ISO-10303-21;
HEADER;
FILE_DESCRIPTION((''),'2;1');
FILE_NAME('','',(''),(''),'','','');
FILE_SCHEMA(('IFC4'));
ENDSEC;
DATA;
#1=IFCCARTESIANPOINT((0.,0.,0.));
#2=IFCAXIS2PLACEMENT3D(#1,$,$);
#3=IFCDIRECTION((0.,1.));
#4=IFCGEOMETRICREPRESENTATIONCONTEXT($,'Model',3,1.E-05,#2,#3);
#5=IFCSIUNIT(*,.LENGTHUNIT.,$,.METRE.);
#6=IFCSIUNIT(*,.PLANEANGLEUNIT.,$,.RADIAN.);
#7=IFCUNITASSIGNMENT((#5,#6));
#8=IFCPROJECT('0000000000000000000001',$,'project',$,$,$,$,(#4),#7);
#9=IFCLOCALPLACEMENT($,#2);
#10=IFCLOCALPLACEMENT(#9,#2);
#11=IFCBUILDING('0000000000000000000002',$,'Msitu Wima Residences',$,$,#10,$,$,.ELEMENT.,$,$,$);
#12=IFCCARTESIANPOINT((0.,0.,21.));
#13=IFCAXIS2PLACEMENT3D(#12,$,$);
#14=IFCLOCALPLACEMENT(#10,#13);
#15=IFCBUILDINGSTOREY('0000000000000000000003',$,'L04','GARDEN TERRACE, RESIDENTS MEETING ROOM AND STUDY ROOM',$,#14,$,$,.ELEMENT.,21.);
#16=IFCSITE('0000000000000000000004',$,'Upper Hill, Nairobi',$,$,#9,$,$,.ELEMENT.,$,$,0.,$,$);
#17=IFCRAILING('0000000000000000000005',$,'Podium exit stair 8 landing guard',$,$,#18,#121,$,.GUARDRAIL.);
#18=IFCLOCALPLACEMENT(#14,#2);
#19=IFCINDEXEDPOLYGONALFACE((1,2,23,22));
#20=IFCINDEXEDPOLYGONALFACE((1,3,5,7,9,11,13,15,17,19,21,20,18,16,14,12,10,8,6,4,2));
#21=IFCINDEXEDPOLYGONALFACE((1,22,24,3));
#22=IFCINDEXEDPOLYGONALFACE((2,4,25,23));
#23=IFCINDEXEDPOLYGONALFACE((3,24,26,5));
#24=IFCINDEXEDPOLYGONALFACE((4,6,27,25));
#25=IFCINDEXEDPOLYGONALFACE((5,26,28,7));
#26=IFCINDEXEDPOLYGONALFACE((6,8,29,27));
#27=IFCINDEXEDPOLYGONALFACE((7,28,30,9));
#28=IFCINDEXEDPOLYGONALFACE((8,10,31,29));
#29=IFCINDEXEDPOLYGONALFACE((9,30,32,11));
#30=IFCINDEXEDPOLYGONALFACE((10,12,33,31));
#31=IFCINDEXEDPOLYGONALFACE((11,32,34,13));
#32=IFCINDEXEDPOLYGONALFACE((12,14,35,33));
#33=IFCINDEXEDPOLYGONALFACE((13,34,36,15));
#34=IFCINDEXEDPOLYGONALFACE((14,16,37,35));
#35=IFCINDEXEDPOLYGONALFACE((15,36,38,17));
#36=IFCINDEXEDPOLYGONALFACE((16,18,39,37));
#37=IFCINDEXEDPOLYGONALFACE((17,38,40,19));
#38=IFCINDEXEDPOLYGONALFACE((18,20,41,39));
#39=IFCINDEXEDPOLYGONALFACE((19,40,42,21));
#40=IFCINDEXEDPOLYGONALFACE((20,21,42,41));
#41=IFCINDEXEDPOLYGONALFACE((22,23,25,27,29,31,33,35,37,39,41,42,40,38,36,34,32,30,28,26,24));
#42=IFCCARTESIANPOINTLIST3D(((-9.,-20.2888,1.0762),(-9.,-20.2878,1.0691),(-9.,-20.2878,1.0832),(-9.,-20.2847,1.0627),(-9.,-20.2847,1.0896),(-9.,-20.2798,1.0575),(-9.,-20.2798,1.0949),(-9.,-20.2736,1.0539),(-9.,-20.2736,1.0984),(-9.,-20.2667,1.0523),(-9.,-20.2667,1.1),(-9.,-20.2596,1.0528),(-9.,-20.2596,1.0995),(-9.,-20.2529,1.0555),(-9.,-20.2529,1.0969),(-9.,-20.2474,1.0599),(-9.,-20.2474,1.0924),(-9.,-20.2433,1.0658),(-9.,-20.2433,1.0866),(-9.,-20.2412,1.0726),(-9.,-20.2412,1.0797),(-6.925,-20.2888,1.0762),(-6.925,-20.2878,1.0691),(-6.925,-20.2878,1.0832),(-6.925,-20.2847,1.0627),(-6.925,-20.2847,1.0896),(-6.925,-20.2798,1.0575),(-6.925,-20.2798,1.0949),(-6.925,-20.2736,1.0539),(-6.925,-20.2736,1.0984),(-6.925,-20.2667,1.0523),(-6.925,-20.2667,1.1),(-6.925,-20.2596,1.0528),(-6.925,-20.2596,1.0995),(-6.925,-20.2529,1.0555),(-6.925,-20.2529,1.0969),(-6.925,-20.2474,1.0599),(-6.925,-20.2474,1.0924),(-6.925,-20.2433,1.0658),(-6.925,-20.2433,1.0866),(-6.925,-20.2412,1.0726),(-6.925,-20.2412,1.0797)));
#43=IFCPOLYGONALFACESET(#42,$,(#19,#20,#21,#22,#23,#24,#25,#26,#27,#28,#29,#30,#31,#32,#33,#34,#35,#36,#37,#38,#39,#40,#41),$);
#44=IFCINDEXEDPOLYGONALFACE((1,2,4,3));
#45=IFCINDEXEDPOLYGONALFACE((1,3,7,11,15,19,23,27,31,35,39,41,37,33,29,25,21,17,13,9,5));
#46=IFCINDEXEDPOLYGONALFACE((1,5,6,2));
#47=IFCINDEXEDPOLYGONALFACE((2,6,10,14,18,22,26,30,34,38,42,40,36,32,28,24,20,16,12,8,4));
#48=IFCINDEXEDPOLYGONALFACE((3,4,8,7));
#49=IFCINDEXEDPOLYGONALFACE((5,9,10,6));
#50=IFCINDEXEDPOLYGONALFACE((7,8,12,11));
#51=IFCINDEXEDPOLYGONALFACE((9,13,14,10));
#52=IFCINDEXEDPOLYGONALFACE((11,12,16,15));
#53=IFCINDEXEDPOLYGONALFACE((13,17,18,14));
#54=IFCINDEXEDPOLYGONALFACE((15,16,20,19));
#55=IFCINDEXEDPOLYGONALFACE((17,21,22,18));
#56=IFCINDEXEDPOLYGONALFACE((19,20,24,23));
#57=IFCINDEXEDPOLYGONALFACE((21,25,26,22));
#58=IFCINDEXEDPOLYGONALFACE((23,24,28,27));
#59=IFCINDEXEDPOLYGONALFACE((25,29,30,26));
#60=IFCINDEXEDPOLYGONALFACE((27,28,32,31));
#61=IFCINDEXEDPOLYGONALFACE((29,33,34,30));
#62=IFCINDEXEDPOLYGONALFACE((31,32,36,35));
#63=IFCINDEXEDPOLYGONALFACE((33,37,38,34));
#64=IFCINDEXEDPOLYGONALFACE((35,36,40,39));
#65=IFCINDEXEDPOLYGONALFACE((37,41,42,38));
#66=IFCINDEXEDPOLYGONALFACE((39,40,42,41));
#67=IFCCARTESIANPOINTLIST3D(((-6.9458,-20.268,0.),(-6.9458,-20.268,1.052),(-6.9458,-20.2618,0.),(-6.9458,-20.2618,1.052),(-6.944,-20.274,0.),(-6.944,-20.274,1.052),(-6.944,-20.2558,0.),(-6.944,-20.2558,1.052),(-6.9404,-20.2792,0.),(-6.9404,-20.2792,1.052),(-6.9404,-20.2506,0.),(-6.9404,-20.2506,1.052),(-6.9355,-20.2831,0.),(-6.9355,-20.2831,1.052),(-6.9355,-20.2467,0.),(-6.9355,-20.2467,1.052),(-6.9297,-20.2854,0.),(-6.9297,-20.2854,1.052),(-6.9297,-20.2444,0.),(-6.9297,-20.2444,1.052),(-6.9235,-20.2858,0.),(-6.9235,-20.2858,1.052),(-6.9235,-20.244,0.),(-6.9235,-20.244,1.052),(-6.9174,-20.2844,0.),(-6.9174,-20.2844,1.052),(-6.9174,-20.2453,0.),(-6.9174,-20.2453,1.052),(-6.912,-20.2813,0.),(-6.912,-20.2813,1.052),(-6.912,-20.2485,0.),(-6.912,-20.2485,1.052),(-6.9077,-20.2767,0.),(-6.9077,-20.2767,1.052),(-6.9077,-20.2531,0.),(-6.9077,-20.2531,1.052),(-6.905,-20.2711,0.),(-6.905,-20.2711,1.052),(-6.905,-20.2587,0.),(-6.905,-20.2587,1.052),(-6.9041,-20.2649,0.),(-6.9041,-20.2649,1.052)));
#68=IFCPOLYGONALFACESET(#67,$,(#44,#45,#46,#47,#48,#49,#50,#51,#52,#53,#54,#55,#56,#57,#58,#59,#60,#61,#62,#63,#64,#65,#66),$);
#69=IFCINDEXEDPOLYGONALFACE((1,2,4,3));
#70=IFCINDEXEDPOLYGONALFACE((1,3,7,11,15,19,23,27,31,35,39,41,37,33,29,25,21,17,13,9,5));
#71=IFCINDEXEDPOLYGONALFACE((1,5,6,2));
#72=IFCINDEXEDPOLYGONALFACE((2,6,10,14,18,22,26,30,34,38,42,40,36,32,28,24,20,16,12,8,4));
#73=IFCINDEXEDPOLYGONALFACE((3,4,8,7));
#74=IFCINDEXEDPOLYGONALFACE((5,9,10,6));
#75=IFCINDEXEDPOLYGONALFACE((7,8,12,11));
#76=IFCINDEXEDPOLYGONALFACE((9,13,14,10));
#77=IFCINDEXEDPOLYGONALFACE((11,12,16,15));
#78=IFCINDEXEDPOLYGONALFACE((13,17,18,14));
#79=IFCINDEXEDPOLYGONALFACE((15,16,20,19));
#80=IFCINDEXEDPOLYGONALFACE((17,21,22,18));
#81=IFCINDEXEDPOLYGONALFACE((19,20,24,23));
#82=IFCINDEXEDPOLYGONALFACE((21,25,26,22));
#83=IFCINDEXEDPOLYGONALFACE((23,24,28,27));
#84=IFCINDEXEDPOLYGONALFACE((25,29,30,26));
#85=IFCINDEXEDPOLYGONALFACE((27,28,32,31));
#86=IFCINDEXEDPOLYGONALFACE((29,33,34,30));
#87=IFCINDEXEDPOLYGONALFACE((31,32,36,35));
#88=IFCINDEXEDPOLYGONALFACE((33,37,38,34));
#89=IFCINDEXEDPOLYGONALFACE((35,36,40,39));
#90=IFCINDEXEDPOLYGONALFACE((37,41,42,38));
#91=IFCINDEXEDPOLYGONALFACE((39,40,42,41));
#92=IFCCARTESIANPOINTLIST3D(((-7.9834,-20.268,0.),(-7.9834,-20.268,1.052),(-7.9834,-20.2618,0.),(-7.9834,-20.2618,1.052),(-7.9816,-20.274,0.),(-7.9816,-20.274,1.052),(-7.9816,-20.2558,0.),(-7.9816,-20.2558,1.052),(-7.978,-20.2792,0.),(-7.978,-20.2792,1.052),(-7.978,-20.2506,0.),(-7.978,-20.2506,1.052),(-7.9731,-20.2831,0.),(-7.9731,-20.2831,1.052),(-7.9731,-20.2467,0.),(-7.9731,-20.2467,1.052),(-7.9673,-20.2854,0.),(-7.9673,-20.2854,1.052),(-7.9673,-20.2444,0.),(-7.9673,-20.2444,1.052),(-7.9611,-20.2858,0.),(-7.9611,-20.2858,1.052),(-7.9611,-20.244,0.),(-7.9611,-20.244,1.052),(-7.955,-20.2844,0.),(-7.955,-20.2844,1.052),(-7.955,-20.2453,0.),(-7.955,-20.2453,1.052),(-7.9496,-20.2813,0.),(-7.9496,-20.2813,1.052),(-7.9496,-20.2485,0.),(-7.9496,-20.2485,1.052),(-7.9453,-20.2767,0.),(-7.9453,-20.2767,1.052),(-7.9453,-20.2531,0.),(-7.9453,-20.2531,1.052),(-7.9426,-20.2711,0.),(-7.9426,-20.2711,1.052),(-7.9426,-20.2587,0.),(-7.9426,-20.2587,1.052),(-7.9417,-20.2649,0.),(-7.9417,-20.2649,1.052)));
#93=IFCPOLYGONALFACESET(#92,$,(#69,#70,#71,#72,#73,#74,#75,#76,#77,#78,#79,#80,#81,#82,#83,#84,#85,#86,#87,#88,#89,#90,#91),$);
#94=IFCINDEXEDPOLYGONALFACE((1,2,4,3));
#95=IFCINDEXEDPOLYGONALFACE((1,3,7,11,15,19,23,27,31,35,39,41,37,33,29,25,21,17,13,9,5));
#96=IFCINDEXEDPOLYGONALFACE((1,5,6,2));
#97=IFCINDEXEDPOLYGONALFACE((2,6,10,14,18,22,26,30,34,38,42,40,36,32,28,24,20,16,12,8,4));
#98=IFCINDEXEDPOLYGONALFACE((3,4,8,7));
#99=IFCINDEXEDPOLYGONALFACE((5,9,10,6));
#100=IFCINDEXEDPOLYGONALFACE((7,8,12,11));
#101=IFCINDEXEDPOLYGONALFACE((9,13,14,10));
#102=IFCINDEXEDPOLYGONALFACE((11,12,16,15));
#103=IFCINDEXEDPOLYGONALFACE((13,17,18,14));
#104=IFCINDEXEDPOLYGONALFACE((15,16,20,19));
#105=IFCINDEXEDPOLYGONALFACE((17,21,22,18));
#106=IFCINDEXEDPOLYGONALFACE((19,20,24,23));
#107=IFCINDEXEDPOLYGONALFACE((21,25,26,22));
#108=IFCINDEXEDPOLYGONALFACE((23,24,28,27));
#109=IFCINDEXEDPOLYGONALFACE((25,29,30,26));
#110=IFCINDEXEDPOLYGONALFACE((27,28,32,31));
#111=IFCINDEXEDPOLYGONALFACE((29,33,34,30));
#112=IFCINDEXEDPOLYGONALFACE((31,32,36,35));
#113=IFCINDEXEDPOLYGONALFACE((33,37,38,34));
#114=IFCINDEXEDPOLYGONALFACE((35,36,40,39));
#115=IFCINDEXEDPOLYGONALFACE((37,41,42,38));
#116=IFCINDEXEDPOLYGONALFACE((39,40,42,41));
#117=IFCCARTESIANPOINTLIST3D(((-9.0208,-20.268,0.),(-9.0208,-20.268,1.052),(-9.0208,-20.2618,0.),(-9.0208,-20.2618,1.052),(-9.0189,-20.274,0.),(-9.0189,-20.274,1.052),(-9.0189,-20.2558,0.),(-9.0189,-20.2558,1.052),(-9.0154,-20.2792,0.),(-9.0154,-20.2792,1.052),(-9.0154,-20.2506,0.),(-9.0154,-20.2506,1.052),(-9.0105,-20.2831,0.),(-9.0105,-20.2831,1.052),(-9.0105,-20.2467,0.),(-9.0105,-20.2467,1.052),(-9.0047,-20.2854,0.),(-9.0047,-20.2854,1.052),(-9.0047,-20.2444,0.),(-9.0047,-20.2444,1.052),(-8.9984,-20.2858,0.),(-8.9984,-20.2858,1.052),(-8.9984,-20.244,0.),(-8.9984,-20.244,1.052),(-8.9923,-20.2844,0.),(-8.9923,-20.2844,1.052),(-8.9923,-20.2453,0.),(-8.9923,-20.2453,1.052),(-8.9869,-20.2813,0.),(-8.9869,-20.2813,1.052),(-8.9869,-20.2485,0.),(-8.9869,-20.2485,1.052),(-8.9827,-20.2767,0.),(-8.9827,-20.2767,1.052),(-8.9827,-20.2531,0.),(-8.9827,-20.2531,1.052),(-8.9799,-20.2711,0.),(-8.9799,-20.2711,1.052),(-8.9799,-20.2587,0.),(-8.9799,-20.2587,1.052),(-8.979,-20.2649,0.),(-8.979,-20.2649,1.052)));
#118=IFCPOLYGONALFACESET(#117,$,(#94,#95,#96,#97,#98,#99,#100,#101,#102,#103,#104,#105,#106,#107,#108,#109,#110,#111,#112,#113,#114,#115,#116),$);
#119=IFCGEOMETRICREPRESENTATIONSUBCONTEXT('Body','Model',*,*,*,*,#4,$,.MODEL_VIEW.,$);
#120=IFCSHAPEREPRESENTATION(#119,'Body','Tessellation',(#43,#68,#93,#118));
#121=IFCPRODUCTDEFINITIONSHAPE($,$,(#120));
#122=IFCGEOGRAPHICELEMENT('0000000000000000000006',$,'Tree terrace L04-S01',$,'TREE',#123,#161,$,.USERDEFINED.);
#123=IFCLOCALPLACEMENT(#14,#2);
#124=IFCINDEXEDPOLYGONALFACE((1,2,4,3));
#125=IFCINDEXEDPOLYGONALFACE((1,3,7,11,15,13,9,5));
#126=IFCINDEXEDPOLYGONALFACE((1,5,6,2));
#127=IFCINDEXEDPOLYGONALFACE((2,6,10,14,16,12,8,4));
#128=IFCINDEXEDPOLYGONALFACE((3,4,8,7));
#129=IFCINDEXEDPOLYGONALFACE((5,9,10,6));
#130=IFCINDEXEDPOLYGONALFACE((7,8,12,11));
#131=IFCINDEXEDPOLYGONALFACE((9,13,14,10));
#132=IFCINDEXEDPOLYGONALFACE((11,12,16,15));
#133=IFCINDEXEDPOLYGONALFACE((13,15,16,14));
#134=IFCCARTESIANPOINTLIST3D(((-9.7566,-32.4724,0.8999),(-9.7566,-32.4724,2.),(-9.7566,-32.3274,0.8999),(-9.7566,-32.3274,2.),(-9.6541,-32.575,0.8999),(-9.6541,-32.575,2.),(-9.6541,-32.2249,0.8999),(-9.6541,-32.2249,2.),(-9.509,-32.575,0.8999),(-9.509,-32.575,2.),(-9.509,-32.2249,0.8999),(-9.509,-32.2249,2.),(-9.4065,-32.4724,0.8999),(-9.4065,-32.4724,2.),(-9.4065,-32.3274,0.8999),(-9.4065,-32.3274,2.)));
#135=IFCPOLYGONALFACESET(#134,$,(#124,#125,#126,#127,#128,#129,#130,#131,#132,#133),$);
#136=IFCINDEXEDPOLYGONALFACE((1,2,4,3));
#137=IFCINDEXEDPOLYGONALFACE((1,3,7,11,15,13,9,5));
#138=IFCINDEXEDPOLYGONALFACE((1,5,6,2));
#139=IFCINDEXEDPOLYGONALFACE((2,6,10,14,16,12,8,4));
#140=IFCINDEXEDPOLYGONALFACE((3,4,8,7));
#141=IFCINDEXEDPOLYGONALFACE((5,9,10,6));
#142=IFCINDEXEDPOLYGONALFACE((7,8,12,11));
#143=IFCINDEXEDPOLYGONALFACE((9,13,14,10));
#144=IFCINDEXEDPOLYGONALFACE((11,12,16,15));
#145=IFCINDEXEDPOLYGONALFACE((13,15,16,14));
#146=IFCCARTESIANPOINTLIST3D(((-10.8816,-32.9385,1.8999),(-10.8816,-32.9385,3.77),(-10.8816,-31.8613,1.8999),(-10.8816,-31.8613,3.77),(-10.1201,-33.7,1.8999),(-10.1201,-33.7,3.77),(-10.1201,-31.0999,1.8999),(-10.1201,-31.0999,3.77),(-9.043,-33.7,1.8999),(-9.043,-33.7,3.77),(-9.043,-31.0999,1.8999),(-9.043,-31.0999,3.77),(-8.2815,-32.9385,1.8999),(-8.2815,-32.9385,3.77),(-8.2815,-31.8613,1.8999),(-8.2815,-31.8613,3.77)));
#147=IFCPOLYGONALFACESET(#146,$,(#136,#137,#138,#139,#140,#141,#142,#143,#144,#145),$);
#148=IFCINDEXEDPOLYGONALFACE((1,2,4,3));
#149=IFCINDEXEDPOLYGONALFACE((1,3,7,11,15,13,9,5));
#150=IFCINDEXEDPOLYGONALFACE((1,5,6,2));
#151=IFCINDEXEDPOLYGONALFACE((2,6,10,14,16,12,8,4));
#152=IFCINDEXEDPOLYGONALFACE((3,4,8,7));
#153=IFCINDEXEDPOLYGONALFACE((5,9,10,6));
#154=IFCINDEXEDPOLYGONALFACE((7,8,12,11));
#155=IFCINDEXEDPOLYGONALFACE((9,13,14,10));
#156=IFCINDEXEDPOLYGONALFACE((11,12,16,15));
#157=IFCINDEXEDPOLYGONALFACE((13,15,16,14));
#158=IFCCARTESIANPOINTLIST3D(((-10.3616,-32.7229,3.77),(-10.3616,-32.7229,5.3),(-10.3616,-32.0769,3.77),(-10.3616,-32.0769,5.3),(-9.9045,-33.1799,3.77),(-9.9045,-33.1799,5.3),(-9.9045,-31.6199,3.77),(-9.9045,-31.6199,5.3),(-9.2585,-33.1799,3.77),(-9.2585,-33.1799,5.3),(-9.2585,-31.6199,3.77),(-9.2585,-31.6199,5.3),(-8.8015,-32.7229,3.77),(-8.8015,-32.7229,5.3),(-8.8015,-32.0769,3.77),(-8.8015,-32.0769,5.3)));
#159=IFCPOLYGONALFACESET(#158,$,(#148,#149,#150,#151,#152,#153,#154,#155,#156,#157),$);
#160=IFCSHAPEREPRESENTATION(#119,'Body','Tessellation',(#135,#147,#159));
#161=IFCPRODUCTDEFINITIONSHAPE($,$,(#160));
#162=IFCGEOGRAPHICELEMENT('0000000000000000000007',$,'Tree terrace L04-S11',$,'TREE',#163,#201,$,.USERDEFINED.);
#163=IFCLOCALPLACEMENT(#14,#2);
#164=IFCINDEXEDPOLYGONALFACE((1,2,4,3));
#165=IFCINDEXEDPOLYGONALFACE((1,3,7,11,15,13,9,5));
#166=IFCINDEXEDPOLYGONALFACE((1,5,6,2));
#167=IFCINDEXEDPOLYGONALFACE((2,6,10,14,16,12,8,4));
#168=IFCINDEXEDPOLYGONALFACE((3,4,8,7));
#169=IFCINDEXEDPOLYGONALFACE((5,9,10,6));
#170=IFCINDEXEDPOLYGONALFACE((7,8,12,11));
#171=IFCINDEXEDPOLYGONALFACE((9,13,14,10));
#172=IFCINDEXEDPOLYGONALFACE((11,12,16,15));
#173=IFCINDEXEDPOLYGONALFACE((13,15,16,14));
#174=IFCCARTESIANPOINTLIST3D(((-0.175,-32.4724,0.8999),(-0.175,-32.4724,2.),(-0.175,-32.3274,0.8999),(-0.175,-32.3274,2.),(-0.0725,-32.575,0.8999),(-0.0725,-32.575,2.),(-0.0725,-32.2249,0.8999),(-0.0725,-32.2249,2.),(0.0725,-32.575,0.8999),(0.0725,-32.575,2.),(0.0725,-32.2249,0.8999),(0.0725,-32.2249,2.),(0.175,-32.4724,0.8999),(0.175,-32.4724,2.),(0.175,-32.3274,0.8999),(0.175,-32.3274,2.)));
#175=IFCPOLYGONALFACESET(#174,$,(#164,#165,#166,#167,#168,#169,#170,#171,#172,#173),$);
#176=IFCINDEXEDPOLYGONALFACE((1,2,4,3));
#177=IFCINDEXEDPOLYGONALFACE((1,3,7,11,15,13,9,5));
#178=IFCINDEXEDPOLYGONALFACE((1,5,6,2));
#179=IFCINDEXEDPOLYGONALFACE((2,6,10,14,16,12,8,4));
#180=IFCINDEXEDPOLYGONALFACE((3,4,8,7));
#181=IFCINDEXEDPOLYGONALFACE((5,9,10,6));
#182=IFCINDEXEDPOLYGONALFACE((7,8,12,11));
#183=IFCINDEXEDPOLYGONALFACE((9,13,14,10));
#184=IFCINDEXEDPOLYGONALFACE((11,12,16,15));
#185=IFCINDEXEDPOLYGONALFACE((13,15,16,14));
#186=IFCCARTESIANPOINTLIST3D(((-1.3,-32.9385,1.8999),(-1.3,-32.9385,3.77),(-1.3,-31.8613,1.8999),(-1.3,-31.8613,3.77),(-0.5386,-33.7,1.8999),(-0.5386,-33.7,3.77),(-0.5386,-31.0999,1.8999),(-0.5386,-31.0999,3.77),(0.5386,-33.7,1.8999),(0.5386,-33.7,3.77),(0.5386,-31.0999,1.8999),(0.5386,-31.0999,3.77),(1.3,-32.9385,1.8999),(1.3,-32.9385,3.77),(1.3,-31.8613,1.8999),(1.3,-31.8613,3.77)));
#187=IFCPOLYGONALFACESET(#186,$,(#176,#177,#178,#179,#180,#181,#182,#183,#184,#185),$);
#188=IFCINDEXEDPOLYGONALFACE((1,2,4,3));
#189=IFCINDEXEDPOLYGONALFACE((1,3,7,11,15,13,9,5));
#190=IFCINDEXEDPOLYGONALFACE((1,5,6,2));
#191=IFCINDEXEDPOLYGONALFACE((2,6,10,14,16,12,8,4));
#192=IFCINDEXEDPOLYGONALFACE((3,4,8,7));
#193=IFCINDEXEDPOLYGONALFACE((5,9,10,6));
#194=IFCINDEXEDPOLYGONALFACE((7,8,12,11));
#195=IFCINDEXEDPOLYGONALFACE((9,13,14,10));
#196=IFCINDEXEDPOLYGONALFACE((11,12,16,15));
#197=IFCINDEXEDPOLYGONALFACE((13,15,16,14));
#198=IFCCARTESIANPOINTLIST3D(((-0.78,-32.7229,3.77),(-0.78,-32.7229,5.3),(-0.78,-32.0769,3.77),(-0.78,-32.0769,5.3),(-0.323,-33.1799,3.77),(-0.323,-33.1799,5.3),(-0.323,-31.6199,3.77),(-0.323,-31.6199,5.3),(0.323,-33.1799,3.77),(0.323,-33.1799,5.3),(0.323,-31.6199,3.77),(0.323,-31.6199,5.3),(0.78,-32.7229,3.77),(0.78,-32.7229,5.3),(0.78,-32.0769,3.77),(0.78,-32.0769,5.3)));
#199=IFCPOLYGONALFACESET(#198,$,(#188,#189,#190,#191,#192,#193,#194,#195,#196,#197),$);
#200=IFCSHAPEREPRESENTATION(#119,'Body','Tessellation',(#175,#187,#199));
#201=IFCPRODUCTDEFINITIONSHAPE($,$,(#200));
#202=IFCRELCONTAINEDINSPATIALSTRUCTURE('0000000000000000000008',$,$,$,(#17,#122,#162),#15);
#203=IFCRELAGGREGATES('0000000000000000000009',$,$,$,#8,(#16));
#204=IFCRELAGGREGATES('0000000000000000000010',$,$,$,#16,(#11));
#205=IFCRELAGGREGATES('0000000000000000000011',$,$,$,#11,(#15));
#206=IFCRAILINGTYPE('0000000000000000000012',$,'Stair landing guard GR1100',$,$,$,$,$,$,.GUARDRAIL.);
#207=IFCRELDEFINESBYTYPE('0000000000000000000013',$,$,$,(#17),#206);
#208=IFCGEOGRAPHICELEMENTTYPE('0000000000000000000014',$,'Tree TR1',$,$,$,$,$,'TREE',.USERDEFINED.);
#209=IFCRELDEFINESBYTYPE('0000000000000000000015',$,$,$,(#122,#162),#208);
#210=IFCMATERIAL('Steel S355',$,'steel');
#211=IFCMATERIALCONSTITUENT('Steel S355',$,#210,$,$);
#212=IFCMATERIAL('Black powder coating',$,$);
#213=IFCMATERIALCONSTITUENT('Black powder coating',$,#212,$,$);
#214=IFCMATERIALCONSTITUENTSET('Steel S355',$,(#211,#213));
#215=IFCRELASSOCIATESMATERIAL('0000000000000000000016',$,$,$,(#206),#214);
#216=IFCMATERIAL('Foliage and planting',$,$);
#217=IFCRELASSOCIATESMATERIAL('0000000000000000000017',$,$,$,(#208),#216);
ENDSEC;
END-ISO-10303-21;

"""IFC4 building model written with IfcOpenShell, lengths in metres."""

from ifc_helpers import new_model, si_unit, direction, frame, origin, origin_2d, place, context, subcontext, project, spatial, polyline, circle, outline, extrude, material, constituent, constituent_set, type_object, element, save


model = new_model("IFC4")

# Units and contexts
model_context = context("Model", 3, precision=1e-05, world=origin(), true_north=direction((0.0, 1.0)))
body_context = subcontext(model_context, "Body", "Model", "MODEL_VIEW")
ifc_project = project(units=[si_unit("LENGTHUNIT", "METRE"), si_unit("PLANEANGLEUNIT", "RADIAN")], contexts=[model_context])

# Site, building, storey
site_placement = place(None, origin())
site = spatial("IfcSite", under=ifc_project, at=site_placement, Name="Upper Hill, Nairobi", CompositionType="ELEMENT", RefElevation=0.0)
building_placement = place(site_placement, origin())
building = spatial("IfcBuilding", under=site, at=building_placement, Name="Msitu Wima Residences", CompositionType="ELEMENT")
storey_placement = place(building_placement, frame((0.0, 0.0, 21.0)))
storey = spatial("IfcBuildingStorey", under=building, at=storey_placement, Name="L04", Description="GARDEN TERRACE, RESIDENTS MEETING ROOM AND STUDY ROOM", CompositionType="ELEMENT", Elevation=21.0)

# Railing
ifc_material_1 = material(Name="Steel S355", Category="steel")
ifc_constituent_1 = constituent(ifc_material_1, Name="Steel S355")
ifc_material_2 = material(Name="Black powder coating")
ifc_constituent_2 = constituent(ifc_material_2, Name="Black powder coating")
ifc_constituent_set = constituent_set(constituents=[ifc_constituent_1, ifc_constituent_2], Name="Steel S355")
railing_type = type_object("IfcRailingType", Name="Stair landing guard GR1100", PredefinedType="GUARDRAIL", material=ifc_constituent_set)
railing_placement = place(storey_placement, frame((-6.925, -20.2649, 0.0)))
element("IfcRailing", 1, at=railing_placement, inside=storey, type_object=railing_type, Name="Podium exit stair 8 landing guard", PredefinedType="GUARDRAIL", context=body_context, shape_type="SweptSolid", body=[
    extrude(circle(Radius=0.0239, at=origin_2d()), frame((0.0, 0.0, 1.0762), z_axis=(-1.0, 0.0, 0.0), x_axis=(0.0, -1.0, 0.0)), (0.0, 0.0, 1.0), 2.075),
    extrude(circle(Radius=0.021, at=origin_2d()), origin(), (0.0, 0.0, 1.0), 1.052),
    extrude(circle(Radius=0.021, at=origin_2d()), frame((-1.0376, 0.0, 0.0)), (0.0, 0.0, 1.0), 1.052),
    extrude(circle(Radius=0.021, at=origin_2d()), frame((-2.075, 0.0, 0.0)), (0.0, 0.0, 1.0), 1.052),
])

# Geographic elements
ifc_material_3 = material(Name="Foliage and planting")
geographic_element_type = type_object("IfcGeographicElementType", Name="Tree TR1", ElementType="TREE", PredefinedType="USERDEFINED", material=ifc_material_3)
for number, where, z_axis, x_axis, name in (
    (2, (-9.5815, -32.3999, 0.8999), (0.0, 0.0, 1.0), (1.0, 0.0, 0.0), "Tree terrace L04-S01"),
    (3, (0.0, -32.3999, 0.8999), (0.0, 0.0, 1.0), (1.0, 0.0, 0.0), "Tree terrace L04-S11"),
):
    element("IfcGeographicElement", number, at=place(storey_placement, frame(where, z_axis=z_axis, x_axis=x_axis)), inside=storey, type_object=geographic_element_type, Name=name, ObjectType="TREE", PredefinedType="USERDEFINED", context=body_context, shape_type="SweptSolid", body=[
        extrude(outline(polyline([(0.175, 0.0725), (0.0725, 0.175), (-0.0725, 0.175), (-0.175, 0.0725), (-0.175, -0.0725), (-0.0725, -0.175), (0.0725, -0.175), (0.175, -0.0725), (0.175, 0.0725)])), origin(), (0.0, 0.0, 1.0), 1.1001),
        extrude(outline(polyline([(1.3, 0.5386), (0.5386, 1.3), (-0.5386, 1.3), (-1.3, 0.5386), (-1.3, -0.5386), (-0.5386, -1.3), (0.5386, -1.3), (1.3, -0.5386), (1.3, 0.5386)])), frame((0.0, 0.0, 1.0)), (0.0, 0.0, 1.0), 1.8701),
        extrude(outline(polyline([(0.78, 0.323), (0.323, 0.78), (-0.323, 0.78), (-0.78, 0.323), (-0.78, -0.323), (-0.323, -0.78), (0.323, -0.78), (0.78, -0.323), (0.78, 0.323)])), frame((0.0, 0.0, 2.8701)), (0.0, 0.0, 1.0), 1.53),
    ])

save(model, "model.ifc")
